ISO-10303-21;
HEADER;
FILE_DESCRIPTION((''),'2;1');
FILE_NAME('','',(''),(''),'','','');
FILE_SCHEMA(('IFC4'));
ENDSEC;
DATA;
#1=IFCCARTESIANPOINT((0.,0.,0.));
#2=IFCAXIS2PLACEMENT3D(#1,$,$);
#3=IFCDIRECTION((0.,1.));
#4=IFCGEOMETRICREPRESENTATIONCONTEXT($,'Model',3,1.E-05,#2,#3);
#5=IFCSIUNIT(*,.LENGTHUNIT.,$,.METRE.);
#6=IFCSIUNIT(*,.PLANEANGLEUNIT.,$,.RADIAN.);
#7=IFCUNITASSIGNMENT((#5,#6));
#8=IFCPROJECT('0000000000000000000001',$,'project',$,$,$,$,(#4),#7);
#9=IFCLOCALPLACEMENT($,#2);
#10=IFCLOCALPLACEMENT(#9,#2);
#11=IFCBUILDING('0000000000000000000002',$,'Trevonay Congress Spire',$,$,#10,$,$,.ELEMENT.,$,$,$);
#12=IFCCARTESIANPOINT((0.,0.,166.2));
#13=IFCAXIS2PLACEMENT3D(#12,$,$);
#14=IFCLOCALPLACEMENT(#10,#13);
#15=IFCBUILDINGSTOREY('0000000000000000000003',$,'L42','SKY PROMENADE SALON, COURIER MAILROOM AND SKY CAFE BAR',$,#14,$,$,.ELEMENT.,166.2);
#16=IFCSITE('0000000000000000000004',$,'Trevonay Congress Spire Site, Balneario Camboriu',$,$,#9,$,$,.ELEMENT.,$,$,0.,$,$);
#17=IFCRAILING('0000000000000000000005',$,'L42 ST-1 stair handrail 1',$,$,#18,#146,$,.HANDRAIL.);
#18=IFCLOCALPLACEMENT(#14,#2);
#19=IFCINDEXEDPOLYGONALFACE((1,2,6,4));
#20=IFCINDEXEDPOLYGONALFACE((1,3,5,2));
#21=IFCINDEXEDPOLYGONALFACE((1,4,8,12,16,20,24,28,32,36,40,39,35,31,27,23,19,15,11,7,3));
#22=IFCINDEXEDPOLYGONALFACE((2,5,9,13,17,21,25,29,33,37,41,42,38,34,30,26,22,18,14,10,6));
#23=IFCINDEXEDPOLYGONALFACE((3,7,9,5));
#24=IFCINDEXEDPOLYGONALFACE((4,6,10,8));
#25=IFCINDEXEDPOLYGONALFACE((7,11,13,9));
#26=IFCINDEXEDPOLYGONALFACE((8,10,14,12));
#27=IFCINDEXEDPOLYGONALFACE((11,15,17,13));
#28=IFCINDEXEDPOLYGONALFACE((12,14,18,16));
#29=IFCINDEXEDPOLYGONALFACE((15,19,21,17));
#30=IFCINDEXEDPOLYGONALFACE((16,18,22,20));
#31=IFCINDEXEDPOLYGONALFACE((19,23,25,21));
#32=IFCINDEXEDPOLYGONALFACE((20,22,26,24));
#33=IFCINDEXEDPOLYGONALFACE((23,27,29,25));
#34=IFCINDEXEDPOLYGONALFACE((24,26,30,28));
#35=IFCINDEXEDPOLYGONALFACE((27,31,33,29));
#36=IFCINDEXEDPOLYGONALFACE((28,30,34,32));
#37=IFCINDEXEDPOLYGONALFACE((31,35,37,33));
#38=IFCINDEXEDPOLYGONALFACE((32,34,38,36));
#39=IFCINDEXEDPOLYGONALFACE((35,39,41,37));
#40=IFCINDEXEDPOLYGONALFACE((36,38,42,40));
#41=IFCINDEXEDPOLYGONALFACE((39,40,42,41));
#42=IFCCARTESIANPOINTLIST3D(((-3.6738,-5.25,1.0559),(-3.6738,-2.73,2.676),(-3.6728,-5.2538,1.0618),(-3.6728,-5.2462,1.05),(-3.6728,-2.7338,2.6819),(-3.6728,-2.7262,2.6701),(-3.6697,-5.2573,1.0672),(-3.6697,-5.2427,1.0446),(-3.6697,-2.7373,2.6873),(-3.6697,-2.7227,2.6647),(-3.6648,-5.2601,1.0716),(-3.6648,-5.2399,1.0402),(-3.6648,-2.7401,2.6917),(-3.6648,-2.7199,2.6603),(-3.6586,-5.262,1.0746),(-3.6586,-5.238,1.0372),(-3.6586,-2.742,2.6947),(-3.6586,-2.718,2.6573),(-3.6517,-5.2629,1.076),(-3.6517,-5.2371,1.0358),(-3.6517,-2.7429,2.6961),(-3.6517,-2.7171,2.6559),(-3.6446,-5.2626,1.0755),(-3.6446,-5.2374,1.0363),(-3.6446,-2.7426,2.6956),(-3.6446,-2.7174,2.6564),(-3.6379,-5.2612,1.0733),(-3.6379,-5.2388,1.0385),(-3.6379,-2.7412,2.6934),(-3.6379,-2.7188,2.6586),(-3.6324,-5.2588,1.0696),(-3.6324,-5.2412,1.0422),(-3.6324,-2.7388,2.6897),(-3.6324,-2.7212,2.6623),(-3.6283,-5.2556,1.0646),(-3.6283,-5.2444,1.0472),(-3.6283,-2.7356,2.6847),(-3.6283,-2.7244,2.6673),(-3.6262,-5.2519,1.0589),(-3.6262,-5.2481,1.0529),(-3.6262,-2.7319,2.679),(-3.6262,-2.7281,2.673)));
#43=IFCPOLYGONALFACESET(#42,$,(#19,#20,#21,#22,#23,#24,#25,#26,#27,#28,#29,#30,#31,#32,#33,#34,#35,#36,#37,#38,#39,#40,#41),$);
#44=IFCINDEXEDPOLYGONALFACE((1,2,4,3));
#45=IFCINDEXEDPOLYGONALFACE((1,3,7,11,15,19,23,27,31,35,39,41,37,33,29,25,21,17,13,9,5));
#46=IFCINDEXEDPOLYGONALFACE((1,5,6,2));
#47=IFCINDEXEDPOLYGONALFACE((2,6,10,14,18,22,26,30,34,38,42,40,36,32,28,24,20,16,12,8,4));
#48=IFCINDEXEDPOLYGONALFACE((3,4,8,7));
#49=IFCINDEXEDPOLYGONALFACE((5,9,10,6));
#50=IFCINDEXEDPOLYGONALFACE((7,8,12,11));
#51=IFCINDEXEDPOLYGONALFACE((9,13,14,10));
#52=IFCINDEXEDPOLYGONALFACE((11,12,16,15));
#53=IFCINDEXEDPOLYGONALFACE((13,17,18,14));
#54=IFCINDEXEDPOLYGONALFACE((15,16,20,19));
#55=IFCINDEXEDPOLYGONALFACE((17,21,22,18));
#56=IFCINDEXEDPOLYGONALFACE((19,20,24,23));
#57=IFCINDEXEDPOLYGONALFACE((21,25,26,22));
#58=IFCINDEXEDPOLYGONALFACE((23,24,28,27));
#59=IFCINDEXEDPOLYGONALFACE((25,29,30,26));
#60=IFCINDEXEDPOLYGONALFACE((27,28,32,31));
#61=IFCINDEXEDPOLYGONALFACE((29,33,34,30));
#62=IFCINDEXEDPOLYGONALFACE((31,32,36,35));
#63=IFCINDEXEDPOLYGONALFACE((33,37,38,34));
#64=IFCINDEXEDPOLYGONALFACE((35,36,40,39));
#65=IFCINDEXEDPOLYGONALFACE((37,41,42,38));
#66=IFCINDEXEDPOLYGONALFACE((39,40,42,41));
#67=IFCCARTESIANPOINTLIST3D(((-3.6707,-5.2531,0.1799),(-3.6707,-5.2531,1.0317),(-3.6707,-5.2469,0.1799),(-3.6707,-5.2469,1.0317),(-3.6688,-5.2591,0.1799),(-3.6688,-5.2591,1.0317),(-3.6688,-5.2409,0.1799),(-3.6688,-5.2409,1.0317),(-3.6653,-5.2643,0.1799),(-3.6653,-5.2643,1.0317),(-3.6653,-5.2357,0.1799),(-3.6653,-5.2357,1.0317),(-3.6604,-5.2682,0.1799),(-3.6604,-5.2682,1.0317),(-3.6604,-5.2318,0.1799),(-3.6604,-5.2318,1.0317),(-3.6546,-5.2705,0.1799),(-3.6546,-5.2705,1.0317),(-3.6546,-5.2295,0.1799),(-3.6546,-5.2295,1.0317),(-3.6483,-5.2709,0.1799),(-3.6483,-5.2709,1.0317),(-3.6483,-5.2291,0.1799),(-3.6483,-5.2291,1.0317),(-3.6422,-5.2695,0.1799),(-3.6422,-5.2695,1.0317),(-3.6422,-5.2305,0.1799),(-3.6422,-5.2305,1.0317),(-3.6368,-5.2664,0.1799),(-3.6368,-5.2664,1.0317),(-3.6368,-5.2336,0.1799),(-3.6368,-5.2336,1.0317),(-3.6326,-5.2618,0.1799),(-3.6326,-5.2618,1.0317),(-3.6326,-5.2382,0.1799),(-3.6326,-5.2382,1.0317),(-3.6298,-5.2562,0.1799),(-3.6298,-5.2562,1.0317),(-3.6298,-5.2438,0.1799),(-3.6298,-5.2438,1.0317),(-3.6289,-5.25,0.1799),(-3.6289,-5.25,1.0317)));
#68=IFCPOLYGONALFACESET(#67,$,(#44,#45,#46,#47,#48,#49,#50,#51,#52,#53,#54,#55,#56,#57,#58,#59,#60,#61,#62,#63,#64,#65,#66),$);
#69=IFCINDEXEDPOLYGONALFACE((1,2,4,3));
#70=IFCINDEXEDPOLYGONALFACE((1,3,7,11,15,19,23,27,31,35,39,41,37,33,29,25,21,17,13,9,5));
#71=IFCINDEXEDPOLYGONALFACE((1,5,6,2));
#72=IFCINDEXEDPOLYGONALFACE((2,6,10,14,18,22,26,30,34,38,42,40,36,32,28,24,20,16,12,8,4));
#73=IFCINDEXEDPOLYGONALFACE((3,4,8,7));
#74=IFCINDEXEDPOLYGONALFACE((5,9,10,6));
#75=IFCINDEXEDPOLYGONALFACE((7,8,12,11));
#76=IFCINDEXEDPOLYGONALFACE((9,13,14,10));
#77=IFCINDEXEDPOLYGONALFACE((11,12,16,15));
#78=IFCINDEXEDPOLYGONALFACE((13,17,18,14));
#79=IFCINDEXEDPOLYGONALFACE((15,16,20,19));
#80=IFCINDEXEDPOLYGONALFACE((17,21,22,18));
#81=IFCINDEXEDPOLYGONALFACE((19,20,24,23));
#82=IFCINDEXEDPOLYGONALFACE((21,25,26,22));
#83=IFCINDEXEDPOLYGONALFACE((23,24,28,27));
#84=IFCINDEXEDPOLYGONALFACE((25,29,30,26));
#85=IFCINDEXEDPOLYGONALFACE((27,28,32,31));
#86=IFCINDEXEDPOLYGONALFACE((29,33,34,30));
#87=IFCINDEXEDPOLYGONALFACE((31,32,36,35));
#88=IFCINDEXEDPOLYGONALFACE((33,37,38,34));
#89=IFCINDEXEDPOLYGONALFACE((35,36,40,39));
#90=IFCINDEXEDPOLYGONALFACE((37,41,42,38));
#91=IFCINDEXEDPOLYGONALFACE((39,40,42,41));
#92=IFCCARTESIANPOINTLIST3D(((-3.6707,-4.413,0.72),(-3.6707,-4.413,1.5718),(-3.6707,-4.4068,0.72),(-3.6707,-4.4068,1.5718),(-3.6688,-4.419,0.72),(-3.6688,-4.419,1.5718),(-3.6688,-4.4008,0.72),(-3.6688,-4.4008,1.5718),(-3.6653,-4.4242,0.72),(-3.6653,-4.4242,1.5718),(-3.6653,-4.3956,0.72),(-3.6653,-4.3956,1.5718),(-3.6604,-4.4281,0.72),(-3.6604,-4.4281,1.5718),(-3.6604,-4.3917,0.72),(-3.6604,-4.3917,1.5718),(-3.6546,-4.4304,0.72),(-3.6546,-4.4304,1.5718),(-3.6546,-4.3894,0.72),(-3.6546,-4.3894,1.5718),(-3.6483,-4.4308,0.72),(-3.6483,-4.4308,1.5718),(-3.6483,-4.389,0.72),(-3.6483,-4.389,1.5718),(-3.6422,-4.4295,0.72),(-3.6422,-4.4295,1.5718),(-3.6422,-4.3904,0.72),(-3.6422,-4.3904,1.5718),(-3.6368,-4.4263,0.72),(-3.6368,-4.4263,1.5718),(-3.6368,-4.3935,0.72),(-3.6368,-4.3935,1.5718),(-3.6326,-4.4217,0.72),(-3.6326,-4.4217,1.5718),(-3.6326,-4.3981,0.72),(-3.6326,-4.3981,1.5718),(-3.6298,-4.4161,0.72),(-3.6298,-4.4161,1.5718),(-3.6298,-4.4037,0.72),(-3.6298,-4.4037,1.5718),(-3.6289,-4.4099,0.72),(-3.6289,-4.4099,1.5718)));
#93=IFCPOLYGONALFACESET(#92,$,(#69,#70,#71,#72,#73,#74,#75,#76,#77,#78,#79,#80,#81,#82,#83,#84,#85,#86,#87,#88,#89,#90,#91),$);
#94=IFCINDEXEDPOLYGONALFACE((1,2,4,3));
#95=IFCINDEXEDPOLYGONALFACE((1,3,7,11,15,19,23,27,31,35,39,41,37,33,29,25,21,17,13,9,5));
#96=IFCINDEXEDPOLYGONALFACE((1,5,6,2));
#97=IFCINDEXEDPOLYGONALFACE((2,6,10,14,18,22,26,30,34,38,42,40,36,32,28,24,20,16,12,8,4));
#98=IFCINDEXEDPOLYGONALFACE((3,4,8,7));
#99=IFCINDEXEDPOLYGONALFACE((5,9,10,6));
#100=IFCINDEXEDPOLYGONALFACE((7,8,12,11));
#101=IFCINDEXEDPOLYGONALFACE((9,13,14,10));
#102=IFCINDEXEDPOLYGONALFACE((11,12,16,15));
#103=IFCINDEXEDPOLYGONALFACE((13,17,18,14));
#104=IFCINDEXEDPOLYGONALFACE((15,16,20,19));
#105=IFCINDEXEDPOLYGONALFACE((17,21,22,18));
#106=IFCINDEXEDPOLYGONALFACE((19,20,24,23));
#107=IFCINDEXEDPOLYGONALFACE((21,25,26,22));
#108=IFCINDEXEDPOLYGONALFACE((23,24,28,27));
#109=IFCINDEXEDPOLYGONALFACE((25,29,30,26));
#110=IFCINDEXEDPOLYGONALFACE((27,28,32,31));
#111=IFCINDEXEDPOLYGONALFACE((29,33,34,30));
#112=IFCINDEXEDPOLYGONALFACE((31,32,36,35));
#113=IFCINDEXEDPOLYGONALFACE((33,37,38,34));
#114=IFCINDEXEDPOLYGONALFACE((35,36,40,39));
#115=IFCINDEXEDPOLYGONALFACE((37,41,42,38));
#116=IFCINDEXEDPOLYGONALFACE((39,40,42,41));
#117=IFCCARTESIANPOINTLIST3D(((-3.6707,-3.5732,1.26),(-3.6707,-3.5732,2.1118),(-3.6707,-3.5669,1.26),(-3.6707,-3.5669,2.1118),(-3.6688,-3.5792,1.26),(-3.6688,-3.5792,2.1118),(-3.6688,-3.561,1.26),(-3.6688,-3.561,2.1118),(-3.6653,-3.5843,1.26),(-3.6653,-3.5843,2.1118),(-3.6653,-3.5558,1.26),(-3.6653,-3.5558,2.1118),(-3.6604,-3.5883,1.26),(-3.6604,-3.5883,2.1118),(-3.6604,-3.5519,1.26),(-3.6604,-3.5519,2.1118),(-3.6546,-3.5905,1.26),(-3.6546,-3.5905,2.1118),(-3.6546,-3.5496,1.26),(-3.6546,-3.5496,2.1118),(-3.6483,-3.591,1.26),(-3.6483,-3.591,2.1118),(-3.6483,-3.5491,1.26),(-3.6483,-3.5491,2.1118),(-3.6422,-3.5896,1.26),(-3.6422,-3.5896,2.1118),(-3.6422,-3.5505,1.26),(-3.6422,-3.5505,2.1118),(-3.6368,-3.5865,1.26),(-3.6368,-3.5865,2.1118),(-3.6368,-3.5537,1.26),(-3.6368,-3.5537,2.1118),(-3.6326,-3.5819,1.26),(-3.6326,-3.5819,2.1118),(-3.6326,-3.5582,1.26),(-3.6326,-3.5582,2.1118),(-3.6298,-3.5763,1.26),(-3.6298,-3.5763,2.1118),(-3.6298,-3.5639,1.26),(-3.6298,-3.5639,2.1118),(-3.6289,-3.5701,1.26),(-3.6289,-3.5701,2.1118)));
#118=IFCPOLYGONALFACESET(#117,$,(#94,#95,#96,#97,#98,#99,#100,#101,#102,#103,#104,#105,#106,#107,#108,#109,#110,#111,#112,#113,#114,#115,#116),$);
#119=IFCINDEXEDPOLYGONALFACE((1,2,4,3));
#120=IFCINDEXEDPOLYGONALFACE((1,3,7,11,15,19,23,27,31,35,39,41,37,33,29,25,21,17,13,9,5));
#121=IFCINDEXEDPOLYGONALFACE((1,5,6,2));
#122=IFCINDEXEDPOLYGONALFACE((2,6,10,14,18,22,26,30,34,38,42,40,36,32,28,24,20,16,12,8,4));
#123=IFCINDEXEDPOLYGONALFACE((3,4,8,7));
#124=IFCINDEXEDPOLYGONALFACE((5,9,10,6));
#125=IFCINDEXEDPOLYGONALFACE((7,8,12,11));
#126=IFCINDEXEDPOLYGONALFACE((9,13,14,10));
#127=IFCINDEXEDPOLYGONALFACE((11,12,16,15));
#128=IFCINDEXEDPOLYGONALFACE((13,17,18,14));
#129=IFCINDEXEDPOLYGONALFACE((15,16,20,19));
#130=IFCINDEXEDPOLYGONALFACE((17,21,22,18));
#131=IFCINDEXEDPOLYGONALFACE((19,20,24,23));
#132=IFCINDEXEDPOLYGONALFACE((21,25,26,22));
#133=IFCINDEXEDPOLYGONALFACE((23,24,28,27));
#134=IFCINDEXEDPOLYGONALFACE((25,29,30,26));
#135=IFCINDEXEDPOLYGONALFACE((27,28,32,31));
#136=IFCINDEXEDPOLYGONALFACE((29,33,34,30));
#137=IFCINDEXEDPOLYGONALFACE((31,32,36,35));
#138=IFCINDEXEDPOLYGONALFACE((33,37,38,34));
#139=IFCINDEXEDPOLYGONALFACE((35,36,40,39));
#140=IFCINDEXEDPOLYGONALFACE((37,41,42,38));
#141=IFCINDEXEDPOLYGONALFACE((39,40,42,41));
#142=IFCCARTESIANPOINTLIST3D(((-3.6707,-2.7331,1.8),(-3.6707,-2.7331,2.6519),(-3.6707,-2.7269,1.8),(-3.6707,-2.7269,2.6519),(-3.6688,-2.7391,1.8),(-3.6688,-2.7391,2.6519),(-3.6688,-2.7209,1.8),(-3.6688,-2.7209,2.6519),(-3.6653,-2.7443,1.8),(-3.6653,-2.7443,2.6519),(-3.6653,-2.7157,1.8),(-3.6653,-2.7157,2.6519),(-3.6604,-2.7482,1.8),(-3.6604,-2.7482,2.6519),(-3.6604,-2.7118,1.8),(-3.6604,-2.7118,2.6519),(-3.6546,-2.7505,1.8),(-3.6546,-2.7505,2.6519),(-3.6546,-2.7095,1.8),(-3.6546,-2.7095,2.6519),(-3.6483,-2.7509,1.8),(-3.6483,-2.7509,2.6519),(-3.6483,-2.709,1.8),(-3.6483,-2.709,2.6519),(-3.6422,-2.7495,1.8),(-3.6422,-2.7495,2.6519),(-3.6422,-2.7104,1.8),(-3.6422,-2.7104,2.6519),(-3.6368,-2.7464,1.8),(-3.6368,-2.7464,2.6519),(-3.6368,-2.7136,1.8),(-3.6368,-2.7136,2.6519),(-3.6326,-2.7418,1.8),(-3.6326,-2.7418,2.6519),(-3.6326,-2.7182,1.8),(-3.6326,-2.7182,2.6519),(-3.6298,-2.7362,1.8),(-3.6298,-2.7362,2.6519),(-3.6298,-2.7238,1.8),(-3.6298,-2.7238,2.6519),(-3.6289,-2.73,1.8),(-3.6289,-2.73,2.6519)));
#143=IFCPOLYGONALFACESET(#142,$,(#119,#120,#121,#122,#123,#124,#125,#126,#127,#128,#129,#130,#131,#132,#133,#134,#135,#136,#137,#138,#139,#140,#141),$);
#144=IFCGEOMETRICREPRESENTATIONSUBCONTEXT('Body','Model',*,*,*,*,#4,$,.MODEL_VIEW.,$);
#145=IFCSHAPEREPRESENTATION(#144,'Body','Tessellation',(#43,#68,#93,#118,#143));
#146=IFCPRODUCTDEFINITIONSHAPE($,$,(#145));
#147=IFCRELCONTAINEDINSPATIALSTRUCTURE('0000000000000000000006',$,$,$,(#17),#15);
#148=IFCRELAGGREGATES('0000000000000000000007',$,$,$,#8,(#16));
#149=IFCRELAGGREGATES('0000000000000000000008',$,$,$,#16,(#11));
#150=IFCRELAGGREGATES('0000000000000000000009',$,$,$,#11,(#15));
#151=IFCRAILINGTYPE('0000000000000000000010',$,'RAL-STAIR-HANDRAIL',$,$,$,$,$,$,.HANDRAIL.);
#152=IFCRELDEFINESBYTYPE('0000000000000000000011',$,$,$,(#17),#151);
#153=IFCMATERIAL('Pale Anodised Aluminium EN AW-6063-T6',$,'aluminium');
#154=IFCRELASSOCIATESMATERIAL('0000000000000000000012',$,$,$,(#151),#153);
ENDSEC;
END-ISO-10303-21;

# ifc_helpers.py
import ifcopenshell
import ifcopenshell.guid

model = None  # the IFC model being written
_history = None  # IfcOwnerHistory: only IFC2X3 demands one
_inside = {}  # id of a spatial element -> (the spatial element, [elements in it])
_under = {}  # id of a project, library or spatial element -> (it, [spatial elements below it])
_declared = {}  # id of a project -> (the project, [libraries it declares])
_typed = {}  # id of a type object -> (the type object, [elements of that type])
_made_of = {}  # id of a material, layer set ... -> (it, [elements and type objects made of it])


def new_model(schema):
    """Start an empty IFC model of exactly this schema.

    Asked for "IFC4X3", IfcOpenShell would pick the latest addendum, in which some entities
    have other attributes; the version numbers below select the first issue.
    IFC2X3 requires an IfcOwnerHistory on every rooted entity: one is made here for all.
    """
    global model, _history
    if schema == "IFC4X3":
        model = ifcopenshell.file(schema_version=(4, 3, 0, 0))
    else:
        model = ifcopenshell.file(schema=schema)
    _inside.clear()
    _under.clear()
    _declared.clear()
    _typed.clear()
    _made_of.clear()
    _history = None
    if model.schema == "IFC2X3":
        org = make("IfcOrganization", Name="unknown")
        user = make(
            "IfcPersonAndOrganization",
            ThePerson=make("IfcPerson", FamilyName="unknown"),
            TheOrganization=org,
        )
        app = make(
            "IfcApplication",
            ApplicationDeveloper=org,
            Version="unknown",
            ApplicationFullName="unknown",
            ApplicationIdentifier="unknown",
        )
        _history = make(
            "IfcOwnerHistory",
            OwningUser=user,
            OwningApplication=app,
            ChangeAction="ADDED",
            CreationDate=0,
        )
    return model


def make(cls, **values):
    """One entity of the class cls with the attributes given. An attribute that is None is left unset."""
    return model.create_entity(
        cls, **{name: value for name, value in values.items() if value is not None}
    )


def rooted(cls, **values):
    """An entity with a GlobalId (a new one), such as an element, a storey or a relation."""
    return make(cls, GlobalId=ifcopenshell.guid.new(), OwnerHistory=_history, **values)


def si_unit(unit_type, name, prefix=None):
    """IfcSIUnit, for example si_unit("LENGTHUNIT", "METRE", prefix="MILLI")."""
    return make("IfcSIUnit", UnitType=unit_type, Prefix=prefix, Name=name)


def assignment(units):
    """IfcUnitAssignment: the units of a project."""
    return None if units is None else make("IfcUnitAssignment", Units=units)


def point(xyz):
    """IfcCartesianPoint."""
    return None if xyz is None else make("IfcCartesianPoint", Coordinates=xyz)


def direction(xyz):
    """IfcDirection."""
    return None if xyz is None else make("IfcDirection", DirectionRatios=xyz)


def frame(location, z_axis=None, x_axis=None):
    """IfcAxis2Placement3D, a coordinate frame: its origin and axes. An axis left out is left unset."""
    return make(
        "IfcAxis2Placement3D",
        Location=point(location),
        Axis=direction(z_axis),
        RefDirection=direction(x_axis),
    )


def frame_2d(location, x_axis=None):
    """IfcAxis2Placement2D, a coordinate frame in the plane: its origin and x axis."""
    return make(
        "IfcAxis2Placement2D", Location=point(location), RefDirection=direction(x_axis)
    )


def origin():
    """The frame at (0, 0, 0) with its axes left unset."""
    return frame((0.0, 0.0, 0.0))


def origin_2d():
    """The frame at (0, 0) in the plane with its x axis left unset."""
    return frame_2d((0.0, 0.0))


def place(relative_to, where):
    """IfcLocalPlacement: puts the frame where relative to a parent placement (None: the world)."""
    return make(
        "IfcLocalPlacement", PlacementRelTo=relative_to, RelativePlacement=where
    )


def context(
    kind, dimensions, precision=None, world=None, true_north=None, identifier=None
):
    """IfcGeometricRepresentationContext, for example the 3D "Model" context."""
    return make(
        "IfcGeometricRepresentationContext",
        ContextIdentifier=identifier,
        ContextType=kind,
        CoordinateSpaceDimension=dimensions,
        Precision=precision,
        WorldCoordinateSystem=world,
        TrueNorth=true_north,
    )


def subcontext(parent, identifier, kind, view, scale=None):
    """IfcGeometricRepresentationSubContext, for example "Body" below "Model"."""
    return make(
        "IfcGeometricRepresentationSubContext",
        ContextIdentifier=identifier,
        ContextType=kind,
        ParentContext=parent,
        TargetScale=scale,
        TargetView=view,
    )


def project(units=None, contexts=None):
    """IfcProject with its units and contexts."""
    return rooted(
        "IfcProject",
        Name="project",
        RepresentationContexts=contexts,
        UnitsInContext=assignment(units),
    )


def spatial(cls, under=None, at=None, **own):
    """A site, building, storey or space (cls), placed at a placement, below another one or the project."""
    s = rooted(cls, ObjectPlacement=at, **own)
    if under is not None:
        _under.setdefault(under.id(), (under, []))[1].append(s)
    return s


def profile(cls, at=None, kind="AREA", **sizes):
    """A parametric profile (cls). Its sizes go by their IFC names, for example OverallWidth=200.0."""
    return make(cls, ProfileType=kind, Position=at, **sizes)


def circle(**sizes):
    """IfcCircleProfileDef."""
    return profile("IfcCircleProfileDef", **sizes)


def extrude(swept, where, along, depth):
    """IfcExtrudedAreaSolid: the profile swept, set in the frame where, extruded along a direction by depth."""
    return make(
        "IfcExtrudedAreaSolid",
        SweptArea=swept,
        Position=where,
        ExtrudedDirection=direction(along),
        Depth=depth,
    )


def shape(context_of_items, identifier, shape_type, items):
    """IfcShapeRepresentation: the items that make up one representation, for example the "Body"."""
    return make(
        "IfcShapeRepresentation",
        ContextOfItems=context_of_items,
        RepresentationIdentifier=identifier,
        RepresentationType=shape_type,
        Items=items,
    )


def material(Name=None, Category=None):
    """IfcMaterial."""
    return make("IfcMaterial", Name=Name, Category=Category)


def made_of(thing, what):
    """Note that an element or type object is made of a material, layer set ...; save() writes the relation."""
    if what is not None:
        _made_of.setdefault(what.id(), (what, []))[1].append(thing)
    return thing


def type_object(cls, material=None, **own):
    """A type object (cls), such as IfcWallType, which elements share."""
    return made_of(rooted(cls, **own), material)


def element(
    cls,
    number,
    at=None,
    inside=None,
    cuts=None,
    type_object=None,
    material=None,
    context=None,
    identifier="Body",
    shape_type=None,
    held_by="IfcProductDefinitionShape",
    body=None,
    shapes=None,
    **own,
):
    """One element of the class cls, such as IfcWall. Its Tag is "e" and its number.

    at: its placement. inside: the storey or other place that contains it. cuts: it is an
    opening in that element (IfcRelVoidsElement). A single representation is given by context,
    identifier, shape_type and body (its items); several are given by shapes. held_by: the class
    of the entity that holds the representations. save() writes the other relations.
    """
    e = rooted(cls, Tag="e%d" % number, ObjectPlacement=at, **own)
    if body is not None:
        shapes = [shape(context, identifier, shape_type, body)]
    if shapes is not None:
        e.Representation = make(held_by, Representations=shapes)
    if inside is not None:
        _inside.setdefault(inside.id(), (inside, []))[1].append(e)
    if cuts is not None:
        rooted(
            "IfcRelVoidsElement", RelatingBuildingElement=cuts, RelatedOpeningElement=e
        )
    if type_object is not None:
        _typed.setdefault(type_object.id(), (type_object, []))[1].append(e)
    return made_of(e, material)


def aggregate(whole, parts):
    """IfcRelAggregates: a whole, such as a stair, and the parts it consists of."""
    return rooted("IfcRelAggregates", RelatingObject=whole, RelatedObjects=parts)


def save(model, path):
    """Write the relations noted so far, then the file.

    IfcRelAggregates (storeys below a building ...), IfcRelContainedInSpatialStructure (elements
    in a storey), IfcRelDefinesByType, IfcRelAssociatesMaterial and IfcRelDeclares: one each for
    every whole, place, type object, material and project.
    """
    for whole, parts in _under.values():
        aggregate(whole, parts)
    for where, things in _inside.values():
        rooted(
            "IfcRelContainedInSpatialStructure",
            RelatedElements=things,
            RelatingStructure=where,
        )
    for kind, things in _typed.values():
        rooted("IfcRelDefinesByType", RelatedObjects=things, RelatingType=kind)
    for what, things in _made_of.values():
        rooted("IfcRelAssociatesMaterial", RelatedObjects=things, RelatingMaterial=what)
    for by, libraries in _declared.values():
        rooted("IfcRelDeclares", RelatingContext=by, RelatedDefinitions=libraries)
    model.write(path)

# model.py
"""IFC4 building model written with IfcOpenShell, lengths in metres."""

from ifc_helpers import new_model, si_unit, direction, frame, origin, origin_2d, place, context, subcontext, project, spatial, circle, extrude, material, type_object, element, save


model = new_model("IFC4")

# Units and contexts
model_context = context("Model", 3, precision=1e-05, world=origin(), true_north=direction((0.0, 1.0)))
body_context = subcontext(model_context, "Body", "Model", "MODEL_VIEW")
ifc_project = project(units=[si_unit("LENGTHUNIT", "METRE"), si_unit("PLANEANGLEUNIT", "RADIAN")], contexts=[model_context])

# Site, building, storey
site_placement = place(None, origin())
site = spatial("IfcSite", under=ifc_project, at=site_placement, Name="Trevonay Congress Spire Site, Balneario Camboriu", CompositionType="ELEMENT", RefElevation=0.0)
building_placement = place(site_placement, origin())
building = spatial("IfcBuilding", under=site, at=building_placement, Name="Trevonay Congress Spire", CompositionType="ELEMENT")
storey_placement = place(building_placement, frame((0.0, 0.0, 166.2)))
storey = spatial("IfcBuildingStorey", under=building, at=storey_placement, Name="L42", Description="SKY PROMENADE SALON, COURIER MAILROOM AND SKY CAFE BAR", CompositionType="ELEMENT", Elevation=166.2)

# Railing
ifc_material_1 = material(Name="Pale Anodised Aluminium EN AW-6063-T6", Category="aluminium")
railing_type_1 = type_object("IfcRailingType", Name="RAL-STAIR-HANDRAIL", PredefinedType="HANDRAIL", material=ifc_material_1)
railing_1_placement = place(storey_placement, frame((-3.6499, -5.25, 0.1799)))
element("IfcRailing", 1, at=railing_1_placement, inside=storey, type_object=railing_type_1, Name="L42 ST-1 stair handrail 1", PredefinedType="HANDRAIL", context=body_context, shape_type="SweptSolid", body=[
    extrude(circle(Radius=0.0239, at=origin_2d()), frame((0.0, 0.0, 0.876), z_axis=(0.0, 0.841163, 0.540782), x_axis=(-1.0, 0.0, 0.0)), (0.0, 0.0, 1.0), 2.9958),
    extrude(circle(Radius=0.021, at=origin_2d()), origin(), (0.0, 0.0, 1.0), 0.8518),
    extrude(circle(Radius=0.021, at=origin_2d()), frame((0.0, 0.8401, 0.54)), (0.0, 0.0, 1.0), 0.8518),
    extrude(circle(Radius=0.021, at=origin_2d()), frame((0.0, 1.6799, 1.0801)), (0.0, 0.0, 1.0), 0.8518),
    extrude(circle(Radius=0.021, at=origin_2d()), frame((0.0, 2.52, 1.6201)), (0.0, 0.0, 1.0), 0.8518),
])

save(model, "model.ifc")
